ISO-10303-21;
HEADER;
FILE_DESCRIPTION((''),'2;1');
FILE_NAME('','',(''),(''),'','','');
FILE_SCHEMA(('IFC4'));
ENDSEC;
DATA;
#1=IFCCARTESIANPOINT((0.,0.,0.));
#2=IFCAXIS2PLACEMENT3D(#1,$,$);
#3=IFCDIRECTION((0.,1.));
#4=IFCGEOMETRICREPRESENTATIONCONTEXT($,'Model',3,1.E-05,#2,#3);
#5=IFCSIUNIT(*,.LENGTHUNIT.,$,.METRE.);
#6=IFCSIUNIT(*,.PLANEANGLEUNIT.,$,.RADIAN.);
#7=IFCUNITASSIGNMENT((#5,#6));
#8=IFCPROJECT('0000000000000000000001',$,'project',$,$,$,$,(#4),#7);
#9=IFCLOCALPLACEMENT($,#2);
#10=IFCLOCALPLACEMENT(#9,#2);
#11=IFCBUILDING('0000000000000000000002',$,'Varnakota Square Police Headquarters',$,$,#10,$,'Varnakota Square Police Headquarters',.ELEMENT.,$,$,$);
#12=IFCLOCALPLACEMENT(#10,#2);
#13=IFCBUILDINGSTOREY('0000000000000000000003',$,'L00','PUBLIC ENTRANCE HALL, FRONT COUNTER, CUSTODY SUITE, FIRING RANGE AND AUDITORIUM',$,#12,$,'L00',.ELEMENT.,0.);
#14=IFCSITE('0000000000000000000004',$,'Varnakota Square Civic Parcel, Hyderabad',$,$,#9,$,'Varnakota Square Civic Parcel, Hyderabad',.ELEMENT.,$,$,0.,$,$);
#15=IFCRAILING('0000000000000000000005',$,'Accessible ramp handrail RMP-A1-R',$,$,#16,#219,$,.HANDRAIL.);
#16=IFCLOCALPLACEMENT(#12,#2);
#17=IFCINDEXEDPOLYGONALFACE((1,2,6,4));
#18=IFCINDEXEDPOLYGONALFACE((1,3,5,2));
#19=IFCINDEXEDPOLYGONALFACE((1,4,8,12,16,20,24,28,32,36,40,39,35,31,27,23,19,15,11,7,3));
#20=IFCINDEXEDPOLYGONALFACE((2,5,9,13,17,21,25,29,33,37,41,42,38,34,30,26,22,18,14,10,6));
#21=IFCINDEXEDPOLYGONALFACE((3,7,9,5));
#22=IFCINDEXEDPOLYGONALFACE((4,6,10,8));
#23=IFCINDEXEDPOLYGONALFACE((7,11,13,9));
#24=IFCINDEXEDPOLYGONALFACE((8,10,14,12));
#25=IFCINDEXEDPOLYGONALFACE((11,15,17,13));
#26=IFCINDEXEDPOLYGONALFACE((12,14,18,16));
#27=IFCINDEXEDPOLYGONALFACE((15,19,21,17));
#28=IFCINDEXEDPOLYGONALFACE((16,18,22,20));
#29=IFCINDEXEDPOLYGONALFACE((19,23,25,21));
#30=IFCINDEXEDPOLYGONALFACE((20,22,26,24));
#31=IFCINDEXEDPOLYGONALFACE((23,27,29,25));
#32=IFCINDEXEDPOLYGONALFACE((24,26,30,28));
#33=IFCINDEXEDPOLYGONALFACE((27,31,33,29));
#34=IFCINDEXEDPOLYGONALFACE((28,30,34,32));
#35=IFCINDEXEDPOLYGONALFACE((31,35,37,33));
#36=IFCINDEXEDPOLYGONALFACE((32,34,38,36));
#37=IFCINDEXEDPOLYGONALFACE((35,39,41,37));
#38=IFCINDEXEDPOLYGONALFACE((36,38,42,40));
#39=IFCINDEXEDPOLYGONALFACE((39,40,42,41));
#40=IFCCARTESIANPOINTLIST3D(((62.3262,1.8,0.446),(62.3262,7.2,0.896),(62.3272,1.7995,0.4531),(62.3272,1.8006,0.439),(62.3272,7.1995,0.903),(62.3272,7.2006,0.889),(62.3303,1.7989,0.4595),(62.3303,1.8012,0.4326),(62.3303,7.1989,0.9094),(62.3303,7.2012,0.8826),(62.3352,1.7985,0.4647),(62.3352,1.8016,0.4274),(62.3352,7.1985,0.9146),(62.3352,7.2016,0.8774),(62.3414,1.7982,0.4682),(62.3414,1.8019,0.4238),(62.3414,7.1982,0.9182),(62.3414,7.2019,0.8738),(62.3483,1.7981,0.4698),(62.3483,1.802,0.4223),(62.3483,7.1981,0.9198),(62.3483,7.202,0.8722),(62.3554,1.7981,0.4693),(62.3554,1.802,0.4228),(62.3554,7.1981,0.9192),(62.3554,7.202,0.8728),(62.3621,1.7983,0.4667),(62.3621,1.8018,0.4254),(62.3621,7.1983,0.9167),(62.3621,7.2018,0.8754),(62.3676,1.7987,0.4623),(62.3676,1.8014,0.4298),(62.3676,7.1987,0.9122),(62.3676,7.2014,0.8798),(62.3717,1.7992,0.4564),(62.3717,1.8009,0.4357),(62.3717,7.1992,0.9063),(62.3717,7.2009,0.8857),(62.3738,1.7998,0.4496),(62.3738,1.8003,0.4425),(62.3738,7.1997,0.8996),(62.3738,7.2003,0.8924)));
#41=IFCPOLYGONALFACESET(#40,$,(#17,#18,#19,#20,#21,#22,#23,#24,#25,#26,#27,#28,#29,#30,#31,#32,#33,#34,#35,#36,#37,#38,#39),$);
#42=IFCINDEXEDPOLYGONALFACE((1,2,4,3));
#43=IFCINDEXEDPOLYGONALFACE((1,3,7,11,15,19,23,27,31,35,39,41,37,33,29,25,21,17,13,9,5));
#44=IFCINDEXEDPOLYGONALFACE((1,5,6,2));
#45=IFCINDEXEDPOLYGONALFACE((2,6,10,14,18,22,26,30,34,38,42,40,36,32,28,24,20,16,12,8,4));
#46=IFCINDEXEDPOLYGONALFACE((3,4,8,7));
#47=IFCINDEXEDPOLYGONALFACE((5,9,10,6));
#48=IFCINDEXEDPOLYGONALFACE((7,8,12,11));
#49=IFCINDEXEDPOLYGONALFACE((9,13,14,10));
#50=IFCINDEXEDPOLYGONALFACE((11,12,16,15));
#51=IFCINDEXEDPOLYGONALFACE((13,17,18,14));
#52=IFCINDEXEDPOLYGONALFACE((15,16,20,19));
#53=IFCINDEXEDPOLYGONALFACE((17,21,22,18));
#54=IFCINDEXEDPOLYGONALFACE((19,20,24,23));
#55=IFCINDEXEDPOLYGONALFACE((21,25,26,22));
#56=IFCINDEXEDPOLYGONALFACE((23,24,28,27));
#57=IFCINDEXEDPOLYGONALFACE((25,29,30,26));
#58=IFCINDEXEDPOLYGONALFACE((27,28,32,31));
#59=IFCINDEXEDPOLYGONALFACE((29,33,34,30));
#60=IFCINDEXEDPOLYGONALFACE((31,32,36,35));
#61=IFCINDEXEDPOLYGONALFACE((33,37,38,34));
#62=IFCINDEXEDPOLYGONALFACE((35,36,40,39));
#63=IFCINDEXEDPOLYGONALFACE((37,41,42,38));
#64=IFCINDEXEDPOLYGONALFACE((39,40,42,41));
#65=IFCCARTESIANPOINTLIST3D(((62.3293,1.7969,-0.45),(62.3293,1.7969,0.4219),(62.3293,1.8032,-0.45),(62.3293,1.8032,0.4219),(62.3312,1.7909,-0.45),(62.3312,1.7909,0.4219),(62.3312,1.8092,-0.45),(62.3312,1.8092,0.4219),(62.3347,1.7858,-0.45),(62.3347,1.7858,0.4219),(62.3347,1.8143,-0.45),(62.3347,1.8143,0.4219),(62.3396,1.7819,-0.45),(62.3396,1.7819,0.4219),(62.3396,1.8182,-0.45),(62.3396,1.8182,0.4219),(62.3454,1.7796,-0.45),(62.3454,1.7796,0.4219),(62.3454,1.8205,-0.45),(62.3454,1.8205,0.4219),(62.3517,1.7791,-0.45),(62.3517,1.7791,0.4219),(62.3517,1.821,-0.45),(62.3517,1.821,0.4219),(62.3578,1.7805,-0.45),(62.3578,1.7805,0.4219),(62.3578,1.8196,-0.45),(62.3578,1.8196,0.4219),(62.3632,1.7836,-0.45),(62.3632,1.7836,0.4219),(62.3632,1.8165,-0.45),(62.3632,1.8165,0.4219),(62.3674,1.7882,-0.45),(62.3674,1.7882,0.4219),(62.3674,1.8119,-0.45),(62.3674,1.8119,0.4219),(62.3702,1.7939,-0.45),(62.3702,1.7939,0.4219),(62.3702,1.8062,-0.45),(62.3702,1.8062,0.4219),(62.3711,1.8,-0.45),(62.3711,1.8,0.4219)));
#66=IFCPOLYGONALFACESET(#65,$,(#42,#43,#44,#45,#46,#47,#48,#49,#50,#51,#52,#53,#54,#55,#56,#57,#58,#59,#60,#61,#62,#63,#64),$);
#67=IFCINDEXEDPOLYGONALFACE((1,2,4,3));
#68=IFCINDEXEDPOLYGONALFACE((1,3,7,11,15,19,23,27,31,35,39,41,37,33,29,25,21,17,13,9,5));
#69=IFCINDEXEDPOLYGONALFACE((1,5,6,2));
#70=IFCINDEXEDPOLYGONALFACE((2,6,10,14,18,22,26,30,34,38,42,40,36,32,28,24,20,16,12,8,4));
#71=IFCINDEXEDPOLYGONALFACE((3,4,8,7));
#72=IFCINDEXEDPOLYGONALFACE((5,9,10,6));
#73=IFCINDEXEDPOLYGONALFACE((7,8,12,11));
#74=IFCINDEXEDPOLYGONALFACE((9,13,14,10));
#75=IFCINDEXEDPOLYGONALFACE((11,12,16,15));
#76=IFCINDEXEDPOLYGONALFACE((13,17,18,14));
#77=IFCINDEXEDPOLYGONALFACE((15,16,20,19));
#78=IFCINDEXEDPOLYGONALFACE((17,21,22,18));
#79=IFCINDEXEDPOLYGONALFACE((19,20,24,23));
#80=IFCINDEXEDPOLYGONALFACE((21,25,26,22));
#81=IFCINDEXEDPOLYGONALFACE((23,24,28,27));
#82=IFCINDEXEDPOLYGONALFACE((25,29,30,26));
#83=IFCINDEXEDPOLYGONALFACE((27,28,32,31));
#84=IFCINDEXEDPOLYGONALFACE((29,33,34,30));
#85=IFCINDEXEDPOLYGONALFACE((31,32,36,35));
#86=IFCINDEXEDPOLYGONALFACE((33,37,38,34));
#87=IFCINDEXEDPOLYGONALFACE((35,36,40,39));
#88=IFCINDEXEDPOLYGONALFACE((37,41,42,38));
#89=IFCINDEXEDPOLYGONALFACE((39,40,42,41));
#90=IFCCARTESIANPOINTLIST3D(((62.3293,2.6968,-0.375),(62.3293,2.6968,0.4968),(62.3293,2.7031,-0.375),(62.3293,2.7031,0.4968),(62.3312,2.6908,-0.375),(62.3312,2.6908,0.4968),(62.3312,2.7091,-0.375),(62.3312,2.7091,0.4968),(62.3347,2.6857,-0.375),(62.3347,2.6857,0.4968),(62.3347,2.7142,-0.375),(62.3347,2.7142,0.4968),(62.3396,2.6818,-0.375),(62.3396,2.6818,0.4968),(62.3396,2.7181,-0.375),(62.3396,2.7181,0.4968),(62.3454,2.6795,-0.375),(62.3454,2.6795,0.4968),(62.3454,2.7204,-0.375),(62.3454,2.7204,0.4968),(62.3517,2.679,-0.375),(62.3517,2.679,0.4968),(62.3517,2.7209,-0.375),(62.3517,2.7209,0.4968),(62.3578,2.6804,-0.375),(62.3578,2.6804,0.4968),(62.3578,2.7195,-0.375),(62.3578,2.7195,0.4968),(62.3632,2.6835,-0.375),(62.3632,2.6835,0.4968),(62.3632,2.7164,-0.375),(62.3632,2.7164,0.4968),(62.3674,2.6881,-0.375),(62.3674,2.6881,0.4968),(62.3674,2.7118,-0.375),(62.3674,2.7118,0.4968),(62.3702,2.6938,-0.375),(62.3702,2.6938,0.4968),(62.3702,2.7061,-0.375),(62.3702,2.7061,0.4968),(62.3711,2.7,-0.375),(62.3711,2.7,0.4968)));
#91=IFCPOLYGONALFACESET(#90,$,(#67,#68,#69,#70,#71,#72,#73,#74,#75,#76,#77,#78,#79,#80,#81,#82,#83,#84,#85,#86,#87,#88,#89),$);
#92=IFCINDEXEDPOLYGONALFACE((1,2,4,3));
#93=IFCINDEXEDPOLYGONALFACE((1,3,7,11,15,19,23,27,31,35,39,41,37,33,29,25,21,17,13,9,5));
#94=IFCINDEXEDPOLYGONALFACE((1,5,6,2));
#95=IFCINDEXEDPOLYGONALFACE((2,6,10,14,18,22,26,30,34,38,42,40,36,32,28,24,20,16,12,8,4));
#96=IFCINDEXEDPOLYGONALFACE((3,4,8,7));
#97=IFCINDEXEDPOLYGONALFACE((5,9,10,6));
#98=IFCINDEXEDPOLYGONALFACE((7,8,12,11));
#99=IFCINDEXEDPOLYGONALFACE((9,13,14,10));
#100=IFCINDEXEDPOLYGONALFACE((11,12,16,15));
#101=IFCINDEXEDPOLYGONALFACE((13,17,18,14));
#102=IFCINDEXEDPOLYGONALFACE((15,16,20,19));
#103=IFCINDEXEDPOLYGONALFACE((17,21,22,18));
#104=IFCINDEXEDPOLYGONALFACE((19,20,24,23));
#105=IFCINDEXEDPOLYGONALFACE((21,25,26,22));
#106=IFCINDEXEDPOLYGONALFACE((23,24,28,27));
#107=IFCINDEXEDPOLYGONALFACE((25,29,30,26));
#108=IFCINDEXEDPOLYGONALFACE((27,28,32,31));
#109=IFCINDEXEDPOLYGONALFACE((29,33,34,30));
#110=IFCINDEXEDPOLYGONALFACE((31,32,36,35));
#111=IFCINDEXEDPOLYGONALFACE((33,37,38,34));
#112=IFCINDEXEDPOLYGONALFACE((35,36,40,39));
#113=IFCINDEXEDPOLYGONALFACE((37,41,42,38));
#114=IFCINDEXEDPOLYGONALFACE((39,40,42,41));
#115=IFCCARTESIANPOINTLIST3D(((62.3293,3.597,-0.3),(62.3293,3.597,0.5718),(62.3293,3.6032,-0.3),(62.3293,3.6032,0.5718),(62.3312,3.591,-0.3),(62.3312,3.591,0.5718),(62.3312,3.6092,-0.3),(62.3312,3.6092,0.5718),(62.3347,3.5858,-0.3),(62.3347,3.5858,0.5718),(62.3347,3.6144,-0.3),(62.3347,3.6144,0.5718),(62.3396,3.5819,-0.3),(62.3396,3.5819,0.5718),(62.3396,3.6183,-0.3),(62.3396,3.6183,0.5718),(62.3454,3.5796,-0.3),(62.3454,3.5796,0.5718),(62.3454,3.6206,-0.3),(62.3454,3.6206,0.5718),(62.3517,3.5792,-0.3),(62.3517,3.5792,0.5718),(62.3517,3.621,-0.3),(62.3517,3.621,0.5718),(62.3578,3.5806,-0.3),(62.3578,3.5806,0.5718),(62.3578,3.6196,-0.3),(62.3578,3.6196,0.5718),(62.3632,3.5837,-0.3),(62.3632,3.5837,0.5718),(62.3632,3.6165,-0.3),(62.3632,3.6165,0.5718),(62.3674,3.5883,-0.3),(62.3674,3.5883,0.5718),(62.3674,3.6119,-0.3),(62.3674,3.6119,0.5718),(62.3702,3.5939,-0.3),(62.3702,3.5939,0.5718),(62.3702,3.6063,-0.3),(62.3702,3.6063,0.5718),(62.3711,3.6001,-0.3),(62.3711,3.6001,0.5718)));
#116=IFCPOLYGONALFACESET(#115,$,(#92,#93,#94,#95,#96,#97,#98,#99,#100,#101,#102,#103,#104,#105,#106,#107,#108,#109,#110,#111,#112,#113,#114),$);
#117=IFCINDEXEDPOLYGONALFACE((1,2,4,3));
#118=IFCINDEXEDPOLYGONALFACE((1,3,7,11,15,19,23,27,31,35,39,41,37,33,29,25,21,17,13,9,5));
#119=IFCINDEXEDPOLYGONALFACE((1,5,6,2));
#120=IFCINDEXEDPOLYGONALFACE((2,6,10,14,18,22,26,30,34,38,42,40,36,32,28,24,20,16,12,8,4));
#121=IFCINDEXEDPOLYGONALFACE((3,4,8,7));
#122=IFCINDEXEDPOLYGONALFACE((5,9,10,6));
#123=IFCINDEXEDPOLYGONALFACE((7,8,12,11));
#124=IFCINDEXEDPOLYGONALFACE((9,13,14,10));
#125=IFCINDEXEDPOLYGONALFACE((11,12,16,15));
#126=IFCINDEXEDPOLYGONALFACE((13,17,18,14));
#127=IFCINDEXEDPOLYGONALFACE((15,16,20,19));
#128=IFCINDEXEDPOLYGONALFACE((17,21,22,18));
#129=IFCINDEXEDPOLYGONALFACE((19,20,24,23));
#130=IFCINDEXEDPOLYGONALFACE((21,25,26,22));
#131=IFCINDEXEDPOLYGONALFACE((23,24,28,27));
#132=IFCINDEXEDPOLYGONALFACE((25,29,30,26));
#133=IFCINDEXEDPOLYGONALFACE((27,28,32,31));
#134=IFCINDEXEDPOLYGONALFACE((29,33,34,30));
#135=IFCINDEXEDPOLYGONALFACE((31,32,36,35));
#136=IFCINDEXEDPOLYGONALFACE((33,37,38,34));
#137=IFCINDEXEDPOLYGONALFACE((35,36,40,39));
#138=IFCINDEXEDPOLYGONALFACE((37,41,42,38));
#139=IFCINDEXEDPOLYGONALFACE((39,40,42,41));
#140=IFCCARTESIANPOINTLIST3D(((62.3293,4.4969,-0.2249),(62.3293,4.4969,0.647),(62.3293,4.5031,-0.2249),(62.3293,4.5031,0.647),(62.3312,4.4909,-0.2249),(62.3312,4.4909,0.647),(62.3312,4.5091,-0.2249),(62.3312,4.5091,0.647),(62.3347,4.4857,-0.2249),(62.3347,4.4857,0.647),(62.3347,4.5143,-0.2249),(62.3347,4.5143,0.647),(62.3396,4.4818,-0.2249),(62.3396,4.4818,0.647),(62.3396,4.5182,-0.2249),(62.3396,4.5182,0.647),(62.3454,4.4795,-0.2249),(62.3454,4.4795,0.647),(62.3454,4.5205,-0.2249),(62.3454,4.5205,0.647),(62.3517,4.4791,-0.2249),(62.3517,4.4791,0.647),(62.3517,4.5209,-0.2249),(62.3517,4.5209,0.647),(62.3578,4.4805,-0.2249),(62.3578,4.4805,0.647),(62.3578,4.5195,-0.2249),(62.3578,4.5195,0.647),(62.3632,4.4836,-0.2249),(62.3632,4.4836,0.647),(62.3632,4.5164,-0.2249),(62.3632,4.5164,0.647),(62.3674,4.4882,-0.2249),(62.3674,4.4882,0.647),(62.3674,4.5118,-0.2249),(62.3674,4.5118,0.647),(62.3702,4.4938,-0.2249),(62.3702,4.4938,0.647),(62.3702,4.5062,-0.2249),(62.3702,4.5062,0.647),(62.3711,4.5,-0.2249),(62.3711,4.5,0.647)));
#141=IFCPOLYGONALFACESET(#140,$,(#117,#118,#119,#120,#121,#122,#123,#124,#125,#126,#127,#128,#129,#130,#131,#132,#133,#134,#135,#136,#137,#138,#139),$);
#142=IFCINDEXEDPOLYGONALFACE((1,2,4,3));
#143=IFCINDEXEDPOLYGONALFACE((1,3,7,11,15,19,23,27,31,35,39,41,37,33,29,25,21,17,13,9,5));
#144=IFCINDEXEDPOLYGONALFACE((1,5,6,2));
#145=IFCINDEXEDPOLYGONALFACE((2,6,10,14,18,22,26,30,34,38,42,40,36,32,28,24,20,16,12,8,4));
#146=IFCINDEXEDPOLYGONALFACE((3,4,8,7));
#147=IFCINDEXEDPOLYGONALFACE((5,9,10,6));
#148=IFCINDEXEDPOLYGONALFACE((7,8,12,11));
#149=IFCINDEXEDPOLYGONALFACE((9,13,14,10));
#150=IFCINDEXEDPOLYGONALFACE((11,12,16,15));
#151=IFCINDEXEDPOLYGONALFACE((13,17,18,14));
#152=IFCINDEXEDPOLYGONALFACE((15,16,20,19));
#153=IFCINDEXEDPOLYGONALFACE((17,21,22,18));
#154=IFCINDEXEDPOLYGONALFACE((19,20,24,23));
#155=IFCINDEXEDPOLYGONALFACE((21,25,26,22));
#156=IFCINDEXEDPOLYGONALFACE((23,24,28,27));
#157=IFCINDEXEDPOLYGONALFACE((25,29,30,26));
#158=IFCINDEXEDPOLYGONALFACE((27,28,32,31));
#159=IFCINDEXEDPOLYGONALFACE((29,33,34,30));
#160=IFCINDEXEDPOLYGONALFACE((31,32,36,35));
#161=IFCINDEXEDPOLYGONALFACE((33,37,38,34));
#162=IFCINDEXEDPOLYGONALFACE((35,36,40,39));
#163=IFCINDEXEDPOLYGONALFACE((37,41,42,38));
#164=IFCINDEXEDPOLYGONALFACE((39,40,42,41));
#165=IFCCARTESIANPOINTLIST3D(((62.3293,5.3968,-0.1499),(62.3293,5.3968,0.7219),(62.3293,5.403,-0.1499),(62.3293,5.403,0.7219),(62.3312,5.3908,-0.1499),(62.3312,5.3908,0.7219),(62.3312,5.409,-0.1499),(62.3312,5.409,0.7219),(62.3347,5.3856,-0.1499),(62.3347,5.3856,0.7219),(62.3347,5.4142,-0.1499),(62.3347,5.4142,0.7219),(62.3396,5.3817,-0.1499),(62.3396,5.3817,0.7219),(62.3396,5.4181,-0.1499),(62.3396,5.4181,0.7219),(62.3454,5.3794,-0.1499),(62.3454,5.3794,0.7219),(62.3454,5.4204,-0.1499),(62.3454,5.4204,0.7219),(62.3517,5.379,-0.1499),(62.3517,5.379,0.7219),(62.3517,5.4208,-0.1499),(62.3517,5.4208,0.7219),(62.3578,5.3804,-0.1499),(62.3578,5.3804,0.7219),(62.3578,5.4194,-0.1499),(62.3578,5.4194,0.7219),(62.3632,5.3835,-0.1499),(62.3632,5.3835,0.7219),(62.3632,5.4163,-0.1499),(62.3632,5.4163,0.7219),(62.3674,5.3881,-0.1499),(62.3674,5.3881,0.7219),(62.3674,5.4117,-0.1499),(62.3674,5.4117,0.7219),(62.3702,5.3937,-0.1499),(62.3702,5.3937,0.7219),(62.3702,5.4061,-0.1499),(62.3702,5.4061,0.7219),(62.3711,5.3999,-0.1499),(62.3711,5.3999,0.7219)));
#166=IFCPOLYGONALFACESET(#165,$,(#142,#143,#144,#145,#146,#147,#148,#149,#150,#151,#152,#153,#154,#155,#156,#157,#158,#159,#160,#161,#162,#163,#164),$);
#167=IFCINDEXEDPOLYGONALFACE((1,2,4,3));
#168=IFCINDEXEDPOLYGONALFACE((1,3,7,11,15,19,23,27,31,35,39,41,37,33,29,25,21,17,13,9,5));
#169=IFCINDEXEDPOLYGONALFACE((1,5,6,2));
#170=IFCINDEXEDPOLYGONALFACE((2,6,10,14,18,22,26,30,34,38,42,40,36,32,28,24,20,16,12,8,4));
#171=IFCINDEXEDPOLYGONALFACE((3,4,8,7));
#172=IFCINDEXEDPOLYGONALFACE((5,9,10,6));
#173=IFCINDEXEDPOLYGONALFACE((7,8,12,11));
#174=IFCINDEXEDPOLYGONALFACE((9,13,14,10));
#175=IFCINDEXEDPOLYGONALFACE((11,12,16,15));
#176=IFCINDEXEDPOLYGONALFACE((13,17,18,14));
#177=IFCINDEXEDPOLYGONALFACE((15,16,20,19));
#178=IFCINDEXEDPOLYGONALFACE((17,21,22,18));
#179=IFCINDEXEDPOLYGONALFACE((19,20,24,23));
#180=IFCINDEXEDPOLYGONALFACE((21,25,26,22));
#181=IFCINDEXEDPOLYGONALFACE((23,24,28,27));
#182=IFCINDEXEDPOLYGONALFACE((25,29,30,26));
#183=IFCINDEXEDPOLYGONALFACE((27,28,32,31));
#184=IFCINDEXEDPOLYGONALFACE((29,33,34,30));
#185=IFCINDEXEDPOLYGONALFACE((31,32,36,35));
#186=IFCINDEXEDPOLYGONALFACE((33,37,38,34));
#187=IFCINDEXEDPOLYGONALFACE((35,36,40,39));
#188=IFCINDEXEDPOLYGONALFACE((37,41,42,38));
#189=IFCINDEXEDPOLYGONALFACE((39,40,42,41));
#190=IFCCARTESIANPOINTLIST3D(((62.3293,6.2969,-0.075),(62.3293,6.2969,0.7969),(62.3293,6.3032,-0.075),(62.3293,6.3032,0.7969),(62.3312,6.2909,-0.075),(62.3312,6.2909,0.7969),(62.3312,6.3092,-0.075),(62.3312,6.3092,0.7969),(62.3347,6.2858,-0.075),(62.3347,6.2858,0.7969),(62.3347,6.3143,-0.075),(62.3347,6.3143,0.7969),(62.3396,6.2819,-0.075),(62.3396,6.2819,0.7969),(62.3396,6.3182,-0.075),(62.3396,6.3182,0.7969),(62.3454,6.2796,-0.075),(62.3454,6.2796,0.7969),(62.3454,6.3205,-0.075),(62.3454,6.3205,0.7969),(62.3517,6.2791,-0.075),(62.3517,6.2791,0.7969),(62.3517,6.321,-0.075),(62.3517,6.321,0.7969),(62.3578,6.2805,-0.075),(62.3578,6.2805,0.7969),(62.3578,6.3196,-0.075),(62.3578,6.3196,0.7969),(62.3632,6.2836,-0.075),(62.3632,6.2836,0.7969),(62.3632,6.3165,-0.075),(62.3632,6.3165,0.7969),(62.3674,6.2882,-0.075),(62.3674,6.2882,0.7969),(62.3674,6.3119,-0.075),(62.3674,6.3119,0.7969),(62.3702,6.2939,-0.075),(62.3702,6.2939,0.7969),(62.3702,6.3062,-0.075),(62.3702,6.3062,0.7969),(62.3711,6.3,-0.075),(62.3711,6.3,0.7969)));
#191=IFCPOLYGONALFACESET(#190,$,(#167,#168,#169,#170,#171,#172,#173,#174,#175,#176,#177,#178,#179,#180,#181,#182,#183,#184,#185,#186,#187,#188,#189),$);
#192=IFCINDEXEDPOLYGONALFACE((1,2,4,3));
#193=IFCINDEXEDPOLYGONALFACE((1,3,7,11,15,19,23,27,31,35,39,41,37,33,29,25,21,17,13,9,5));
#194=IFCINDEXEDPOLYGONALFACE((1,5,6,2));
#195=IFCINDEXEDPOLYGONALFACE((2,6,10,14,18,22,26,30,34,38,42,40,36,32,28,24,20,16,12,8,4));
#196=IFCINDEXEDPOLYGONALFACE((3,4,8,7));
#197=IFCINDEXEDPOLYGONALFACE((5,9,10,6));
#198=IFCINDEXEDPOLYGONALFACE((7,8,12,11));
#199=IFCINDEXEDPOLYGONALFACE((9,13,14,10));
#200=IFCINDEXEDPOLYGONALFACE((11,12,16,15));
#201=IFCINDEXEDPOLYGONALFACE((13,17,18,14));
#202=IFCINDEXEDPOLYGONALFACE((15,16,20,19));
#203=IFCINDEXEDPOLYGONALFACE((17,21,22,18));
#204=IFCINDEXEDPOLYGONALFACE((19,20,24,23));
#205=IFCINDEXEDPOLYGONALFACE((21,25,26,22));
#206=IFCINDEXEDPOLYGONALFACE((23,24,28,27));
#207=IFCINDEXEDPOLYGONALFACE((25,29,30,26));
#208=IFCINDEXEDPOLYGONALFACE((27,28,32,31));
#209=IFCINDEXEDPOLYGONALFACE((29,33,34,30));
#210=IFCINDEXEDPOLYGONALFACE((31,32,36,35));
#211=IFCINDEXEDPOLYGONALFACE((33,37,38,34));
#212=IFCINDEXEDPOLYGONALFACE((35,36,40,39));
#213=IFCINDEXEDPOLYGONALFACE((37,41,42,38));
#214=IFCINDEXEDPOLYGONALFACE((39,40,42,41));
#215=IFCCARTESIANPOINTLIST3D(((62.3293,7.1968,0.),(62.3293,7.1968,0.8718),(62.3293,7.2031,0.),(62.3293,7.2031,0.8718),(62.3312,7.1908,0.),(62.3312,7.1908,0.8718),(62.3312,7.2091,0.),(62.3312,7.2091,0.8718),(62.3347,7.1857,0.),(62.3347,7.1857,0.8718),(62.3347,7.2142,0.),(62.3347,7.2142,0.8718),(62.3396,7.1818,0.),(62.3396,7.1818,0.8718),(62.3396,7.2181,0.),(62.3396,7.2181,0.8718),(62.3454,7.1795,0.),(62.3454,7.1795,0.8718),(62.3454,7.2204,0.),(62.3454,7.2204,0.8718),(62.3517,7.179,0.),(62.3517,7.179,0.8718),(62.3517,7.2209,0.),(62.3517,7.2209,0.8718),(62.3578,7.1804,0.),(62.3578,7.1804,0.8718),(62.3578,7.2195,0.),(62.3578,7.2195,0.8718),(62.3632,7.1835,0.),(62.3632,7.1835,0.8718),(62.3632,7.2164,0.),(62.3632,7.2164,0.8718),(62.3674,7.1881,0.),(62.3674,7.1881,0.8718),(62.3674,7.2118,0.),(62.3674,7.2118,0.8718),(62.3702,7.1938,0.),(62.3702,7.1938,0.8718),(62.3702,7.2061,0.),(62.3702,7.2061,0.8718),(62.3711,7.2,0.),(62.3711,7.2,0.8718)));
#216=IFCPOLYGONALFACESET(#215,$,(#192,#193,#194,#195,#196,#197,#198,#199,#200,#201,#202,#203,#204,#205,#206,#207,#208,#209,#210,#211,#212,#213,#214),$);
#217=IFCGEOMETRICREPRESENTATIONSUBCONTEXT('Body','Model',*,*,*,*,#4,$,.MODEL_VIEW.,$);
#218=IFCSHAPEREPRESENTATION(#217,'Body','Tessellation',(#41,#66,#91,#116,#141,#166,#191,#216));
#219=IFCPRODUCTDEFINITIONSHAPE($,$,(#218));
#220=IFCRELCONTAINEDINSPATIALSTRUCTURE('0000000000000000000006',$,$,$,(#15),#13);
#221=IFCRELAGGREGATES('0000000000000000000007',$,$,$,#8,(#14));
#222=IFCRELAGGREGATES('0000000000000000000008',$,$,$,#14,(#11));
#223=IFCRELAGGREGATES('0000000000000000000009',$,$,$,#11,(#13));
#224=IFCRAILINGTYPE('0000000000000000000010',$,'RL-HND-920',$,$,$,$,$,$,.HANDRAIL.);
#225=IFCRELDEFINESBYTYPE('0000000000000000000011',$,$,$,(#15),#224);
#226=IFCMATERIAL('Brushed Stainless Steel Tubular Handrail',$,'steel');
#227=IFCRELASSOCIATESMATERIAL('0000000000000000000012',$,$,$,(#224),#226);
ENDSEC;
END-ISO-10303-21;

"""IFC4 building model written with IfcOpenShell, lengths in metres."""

from ifc_helpers import new_model, si_unit, direction, frame, origin, origin_2d, place, context, subcontext, project, spatial, circle, extrude, material, type_object, element, save


model = new_model("IFC4")

# Units and contexts
model_context = context("Model", 3, precision=1e-05, world=origin(), true_north=direction((0.0, 1.0)))
body_context = subcontext(model_context, "Body", "Model", "MODEL_VIEW")
ifc_project = project(units=[si_unit("LENGTHUNIT", "METRE"), si_unit("PLANEANGLEUNIT", "RADIAN")], contexts=[model_context])

# Site, building, storey
site_placement = place(None, origin())
site = spatial("IfcSite", under=ifc_project, at=site_placement, Name="Varnakota Square Civic Parcel, Hyderabad", LongName="Varnakota Square Civic Parcel, Hyderabad", CompositionType="ELEMENT", RefElevation=0.0)
building_placement = place(site_placement, origin())
building = spatial("IfcBuilding", under=site, at=building_placement, Name="Varnakota Square Police Headquarters", LongName="Varnakota Square Police Headquarters", CompositionType="ELEMENT")
storey_placement = place(building_placement, origin())
storey = spatial("IfcBuildingStorey", under=building, at=storey_placement, Name="L00", Description="PUBLIC ENTRANCE HALL, FRONT COUNTER, CUSTODY SUITE, FIRING RANGE AND AUDITORIUM", LongName="L00", CompositionType="ELEMENT", Elevation=0.0)

# Railing
ifc_material_1 = material(Name="Brushed Stainless Steel Tubular Handrail", Category="steel")
railing_type = type_object("IfcRailingType", Name="RL-HND-920", PredefinedType="HANDRAIL", material=ifc_material_1)
for number, where, name in (
    (1, (62.3501, 1.8, -0.45), "Accessible ramp handrail RMP-A1-R"),
):
    element("IfcRailing", number, at=place(storey_placement, frame(where)), inside=storey, type_object=railing_type, Name=name, PredefinedType="HANDRAIL", context=body_context, shape_type="SweptSolid", body=[
        extrude(circle(Radius=0.0239, at=origin_2d()), frame((0.0, 0.0, 0.896), z_axis=(0.0, 0.996546, 0.083038), x_axis=(-1.0, 0.0, 0.0)), (0.0, 0.0, 1.0), 5.4187),
        extrude(circle(Radius=0.021, at=origin_2d()), origin(), (0.0, 0.0, 1.0), 0.8718),
        extrude(circle(Radius=0.021, at=origin_2d()), frame((0.0, 0.8999, 0.075)), (0.0, 0.0, 1.0), 0.8718),
        extrude(circle(Radius=0.021, at=origin_2d()), frame((0.0, 1.8, 0.1499)), (0.0, 0.0, 1.0), 0.8718),
        extrude(circle(Radius=0.021, at=origin_2d()), frame((0.0, 2.7, 0.2251)), (0.0, 0.0, 1.0), 0.8718),
        extrude(circle(Radius=0.021, at=origin_2d()), frame((0.0, 3.5999, 0.3)), (0.0, 0.0, 1.0), 0.8718),
        extrude(circle(Radius=0.021, at=origin_2d()), frame((0.0, 4.5, 0.375)), (0.0, 0.0, 1.0), 0.8718),
        extrude(circle(Radius=0.021, at=origin_2d()), frame((0.0, 5.3999, 0.45)), (0.0, 0.0, 1.0), 0.8718),
    ])

save(model, "model.ifc")
